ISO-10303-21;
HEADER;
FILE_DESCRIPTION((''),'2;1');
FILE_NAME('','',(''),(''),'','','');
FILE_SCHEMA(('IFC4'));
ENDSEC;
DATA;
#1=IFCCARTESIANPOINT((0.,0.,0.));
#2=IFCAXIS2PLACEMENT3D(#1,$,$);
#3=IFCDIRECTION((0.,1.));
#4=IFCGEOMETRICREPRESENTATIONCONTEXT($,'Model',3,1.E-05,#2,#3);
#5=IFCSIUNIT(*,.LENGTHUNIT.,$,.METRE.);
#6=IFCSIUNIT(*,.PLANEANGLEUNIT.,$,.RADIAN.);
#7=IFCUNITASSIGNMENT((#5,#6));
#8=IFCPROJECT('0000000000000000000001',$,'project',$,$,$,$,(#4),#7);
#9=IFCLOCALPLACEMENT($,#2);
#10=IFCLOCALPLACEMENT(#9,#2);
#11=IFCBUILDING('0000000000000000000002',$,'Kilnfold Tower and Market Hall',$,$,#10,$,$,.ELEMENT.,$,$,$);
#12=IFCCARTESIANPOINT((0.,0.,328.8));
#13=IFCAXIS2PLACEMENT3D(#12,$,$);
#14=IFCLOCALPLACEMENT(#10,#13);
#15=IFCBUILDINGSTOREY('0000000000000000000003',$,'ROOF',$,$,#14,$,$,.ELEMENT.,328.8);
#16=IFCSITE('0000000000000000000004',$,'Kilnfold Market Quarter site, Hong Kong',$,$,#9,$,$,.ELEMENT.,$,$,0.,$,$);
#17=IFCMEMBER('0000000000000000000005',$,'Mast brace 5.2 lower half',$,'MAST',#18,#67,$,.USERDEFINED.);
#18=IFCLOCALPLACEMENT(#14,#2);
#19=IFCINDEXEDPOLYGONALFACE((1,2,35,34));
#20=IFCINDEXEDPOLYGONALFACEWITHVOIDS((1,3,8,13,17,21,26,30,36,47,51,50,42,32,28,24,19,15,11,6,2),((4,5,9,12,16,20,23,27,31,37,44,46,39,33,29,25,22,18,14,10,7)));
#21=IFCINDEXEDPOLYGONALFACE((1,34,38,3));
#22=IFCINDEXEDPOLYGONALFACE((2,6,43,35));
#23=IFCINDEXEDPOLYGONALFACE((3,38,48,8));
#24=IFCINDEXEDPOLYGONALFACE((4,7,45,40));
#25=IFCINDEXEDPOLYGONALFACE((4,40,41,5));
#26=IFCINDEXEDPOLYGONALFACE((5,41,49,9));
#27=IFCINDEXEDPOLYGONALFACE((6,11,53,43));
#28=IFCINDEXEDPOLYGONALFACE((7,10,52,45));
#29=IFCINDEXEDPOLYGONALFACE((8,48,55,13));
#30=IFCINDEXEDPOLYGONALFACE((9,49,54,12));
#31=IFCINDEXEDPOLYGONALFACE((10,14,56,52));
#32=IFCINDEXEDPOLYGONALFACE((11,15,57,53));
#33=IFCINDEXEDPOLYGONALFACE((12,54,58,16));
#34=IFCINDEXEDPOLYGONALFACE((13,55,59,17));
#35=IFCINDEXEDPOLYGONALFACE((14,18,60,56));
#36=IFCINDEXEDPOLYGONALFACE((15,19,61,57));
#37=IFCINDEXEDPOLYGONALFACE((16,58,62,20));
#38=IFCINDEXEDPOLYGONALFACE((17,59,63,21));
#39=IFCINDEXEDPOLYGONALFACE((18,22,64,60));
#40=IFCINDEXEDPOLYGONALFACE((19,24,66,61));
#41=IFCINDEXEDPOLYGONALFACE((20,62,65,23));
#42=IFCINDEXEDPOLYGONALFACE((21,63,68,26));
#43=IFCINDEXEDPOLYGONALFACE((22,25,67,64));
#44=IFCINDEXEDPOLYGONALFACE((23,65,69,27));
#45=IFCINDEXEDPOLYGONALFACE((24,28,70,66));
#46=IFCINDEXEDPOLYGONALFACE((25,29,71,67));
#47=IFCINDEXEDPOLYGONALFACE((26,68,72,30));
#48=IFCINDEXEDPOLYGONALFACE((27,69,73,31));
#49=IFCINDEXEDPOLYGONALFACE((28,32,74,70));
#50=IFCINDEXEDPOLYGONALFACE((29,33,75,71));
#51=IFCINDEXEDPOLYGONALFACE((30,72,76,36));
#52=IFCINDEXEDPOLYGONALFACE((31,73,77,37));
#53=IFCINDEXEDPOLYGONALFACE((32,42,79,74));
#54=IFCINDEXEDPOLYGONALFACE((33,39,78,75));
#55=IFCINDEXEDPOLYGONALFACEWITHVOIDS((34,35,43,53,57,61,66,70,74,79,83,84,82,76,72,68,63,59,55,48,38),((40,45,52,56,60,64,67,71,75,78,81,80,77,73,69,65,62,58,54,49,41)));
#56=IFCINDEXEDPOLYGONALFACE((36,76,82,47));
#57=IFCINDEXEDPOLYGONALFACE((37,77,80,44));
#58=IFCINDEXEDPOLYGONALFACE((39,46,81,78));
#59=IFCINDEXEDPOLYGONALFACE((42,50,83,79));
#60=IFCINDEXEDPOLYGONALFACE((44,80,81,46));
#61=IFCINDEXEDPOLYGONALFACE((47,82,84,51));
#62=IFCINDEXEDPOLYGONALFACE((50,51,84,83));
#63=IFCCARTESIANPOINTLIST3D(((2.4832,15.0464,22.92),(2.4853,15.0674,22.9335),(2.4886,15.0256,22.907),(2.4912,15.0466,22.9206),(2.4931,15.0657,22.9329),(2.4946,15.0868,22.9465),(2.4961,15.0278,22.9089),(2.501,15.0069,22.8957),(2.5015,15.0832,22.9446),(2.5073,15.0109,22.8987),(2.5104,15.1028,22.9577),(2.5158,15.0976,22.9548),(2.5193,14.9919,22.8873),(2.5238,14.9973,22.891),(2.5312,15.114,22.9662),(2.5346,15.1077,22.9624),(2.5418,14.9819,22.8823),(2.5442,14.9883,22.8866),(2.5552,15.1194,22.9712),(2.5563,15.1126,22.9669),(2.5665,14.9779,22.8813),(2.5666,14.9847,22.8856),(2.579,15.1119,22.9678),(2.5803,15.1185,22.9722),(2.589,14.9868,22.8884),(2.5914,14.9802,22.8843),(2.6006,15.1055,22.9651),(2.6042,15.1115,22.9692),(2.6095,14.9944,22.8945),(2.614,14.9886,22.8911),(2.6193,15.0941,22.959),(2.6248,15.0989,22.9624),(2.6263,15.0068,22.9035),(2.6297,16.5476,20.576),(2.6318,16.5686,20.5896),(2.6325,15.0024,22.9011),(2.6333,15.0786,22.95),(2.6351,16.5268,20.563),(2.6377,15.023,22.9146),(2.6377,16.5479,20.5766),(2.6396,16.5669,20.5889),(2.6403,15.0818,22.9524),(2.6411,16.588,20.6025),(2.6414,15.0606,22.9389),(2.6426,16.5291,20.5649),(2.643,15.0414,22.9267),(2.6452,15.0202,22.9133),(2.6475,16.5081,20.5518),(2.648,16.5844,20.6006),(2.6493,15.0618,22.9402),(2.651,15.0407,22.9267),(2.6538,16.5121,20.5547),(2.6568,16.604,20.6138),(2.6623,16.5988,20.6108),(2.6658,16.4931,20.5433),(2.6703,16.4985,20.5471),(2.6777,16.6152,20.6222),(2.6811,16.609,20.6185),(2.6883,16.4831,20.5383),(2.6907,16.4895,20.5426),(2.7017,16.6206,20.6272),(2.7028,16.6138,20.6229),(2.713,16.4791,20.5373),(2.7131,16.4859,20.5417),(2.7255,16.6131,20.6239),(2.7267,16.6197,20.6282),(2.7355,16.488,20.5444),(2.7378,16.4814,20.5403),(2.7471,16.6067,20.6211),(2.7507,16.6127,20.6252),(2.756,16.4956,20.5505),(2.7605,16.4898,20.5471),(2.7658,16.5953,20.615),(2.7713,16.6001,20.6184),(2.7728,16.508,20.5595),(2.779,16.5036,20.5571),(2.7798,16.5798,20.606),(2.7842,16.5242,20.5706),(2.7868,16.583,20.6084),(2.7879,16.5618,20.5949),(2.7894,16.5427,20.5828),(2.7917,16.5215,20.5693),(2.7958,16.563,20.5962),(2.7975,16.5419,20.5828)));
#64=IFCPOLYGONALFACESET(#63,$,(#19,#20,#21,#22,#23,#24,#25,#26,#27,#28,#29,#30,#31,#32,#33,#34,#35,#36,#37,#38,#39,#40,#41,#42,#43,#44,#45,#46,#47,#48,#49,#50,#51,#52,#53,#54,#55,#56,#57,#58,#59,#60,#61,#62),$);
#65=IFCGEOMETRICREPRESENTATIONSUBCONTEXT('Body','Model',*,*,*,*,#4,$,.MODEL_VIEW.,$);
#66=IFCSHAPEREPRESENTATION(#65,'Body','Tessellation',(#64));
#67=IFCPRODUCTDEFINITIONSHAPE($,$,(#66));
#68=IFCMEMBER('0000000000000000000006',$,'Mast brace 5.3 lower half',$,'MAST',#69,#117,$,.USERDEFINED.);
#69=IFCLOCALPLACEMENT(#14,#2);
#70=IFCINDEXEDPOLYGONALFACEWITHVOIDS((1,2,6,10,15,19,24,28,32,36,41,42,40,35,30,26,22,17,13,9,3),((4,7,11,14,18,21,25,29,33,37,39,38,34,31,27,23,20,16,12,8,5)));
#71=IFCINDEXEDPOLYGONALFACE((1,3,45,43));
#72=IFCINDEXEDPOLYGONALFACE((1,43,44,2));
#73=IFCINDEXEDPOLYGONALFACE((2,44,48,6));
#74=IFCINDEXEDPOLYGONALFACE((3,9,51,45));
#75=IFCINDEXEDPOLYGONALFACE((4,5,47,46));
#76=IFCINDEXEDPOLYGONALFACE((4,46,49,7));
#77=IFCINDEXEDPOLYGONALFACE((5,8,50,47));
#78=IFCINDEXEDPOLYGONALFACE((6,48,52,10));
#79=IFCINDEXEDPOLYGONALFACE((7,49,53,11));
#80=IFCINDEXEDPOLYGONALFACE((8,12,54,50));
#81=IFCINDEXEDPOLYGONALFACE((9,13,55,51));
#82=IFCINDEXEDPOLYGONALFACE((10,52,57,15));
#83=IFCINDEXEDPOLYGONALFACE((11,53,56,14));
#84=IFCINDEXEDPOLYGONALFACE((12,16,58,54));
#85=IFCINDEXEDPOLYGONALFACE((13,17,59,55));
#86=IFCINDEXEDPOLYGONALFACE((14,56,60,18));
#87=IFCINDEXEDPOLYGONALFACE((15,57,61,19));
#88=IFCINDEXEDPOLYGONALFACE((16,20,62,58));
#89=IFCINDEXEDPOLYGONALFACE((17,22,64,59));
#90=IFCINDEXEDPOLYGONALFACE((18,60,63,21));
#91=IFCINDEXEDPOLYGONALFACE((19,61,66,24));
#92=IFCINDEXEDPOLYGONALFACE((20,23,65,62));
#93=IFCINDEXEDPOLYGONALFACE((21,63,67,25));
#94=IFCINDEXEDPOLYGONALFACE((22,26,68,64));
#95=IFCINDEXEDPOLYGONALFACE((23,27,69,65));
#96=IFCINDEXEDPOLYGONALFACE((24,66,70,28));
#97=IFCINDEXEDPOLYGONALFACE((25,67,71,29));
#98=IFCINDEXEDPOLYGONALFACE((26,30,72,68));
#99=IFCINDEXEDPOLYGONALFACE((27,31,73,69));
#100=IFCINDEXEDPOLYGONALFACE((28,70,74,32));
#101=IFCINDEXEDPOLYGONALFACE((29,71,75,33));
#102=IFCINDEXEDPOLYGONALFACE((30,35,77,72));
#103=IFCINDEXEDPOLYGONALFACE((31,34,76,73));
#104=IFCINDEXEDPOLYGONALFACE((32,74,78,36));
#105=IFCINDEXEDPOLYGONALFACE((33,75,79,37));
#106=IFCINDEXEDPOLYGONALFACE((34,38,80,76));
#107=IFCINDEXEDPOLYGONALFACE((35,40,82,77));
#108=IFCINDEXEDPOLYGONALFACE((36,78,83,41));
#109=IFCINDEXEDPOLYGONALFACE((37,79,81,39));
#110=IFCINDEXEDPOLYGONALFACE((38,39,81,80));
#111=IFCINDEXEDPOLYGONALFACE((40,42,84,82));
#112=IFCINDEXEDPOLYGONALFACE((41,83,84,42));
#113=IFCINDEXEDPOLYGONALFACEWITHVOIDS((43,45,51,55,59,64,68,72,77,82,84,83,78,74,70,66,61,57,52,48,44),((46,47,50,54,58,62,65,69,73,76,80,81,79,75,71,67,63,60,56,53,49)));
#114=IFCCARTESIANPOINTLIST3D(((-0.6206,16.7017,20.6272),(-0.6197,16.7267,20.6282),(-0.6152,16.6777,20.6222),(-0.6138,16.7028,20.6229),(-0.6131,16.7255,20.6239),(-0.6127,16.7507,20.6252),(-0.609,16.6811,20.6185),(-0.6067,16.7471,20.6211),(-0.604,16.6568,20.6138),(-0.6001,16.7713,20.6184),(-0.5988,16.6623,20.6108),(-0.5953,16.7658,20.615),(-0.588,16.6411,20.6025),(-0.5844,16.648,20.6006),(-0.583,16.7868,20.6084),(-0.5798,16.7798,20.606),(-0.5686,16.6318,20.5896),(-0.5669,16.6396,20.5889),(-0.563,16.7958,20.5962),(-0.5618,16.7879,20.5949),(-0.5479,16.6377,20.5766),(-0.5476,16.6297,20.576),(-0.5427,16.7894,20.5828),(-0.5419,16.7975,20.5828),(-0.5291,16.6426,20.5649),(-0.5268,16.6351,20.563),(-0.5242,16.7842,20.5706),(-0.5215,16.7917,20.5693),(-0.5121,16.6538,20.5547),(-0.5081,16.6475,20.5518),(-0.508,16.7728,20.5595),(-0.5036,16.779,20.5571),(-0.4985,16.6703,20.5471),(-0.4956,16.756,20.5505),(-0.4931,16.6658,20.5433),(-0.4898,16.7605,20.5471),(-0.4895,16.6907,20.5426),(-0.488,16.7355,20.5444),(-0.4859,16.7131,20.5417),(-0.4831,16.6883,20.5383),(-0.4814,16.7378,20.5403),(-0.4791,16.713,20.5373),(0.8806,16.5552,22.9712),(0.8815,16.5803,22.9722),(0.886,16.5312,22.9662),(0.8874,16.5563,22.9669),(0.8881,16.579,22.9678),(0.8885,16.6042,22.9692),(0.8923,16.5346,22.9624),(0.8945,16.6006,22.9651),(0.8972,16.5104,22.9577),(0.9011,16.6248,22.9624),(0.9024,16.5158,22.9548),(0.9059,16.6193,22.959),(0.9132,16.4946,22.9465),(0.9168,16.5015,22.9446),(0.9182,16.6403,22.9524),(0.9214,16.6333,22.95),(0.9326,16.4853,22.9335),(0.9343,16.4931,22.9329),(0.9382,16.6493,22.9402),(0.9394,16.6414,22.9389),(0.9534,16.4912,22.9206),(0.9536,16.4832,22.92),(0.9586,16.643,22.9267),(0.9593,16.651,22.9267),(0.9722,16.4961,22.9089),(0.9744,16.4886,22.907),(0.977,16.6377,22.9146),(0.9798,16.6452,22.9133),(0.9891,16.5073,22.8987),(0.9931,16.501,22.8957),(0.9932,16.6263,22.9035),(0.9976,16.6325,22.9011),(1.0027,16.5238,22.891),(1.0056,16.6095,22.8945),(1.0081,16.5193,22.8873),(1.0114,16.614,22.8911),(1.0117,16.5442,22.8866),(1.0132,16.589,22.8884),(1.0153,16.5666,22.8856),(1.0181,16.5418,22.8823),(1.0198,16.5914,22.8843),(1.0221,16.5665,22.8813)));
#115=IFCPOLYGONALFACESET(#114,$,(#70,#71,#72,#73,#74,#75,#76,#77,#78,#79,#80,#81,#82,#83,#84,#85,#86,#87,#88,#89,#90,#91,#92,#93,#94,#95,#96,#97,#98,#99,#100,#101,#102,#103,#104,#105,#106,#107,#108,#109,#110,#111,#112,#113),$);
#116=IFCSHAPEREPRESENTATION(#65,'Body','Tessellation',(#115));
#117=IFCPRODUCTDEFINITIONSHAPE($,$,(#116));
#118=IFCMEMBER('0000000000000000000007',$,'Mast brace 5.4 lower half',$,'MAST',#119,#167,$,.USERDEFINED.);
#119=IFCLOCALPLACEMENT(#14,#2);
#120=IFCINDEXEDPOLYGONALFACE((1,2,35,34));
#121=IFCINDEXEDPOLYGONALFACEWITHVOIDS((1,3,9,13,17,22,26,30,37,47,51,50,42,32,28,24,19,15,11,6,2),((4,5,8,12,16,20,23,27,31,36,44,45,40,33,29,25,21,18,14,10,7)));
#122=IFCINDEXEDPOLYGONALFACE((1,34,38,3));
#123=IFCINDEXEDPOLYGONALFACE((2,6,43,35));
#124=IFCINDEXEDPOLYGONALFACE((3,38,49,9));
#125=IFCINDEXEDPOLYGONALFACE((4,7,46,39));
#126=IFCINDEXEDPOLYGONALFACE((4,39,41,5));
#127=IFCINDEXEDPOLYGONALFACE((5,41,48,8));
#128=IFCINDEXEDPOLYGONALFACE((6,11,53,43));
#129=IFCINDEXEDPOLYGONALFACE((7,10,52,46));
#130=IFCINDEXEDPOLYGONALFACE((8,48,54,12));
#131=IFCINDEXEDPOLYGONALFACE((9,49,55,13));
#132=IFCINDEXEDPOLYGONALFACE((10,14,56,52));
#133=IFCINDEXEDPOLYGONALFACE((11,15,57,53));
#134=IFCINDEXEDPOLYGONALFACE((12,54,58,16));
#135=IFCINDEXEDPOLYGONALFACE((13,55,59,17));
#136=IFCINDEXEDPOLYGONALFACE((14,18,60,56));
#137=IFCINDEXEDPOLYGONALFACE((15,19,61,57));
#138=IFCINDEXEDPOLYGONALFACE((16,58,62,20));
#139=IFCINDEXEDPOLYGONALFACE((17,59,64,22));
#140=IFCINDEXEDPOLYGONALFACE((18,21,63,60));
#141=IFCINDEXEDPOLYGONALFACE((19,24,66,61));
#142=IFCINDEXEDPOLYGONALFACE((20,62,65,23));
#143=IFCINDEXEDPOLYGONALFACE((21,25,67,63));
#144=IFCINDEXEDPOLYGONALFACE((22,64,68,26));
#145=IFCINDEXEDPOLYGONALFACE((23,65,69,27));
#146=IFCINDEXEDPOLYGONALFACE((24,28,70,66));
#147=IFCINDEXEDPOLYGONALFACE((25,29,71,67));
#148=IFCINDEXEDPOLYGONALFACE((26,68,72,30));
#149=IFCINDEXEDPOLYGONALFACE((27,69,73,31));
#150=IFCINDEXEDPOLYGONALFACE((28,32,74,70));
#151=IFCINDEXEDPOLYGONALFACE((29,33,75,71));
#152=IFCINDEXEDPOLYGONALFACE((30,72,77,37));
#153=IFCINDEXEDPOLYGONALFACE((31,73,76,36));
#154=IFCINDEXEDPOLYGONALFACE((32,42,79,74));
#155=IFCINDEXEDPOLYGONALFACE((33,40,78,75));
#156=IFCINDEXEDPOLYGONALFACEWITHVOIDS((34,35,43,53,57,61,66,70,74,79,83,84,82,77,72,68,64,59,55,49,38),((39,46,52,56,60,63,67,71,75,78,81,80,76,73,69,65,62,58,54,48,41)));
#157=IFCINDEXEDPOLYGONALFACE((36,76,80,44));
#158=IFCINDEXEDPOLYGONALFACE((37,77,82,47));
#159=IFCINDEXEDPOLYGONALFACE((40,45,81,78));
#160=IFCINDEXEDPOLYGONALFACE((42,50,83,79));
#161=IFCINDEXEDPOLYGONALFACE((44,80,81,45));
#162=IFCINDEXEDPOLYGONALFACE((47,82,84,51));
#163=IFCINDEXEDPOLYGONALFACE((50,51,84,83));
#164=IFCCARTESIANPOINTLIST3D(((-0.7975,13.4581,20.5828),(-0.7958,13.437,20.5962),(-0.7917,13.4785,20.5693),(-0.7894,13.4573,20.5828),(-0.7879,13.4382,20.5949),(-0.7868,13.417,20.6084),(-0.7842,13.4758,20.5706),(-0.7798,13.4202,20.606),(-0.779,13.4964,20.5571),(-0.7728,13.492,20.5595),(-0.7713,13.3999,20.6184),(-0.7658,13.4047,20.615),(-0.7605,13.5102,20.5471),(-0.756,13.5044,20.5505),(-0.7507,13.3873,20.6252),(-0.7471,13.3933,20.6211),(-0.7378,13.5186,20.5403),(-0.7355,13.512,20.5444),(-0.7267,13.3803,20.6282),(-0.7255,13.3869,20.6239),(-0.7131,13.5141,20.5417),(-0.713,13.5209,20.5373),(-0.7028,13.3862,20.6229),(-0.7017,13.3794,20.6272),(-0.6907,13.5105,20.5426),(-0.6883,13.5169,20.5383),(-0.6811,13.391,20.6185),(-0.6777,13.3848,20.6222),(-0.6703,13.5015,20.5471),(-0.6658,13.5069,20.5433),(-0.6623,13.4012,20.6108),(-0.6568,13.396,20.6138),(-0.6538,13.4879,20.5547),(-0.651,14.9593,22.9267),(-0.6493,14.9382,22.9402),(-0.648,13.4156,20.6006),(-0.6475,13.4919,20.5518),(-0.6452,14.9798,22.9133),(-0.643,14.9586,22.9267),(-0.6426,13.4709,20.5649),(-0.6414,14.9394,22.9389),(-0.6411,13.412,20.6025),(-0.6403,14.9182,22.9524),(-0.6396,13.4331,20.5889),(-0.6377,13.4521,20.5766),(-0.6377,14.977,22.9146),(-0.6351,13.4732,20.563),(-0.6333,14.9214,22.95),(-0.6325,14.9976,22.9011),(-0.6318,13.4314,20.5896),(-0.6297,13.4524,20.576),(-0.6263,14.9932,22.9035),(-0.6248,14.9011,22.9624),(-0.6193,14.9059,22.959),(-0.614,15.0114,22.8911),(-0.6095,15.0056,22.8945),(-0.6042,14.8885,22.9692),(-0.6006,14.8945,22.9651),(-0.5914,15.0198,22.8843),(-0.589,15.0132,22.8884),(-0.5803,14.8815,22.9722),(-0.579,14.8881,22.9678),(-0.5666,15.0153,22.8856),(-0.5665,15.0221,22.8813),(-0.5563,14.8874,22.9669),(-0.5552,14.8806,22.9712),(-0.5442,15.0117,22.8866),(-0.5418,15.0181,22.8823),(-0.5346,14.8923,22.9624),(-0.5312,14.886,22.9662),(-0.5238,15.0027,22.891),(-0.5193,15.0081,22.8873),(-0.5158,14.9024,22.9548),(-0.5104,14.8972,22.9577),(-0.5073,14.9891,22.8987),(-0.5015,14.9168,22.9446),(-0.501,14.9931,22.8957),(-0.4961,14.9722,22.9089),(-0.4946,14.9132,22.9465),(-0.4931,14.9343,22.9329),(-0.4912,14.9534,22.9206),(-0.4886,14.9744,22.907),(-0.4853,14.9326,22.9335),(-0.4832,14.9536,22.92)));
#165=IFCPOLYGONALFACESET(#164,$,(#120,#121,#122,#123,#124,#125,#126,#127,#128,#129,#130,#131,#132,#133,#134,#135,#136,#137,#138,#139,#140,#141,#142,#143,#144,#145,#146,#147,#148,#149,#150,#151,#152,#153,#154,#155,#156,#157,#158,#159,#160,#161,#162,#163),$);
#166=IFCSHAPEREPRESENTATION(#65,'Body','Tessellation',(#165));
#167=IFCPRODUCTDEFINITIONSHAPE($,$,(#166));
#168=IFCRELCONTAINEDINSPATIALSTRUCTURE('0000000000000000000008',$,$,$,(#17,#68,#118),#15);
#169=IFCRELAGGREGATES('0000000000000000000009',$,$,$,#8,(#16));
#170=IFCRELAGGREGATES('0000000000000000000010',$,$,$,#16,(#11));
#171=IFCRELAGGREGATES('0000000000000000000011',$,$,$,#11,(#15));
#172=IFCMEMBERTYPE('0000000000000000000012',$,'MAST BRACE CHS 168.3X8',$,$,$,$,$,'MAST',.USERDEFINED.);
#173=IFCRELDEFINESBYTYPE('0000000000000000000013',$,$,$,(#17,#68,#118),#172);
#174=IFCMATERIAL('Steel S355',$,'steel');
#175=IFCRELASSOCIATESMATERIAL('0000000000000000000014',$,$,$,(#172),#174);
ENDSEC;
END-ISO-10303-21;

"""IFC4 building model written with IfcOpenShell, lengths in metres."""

from ifc_helpers import new_model, si_unit, direction, frame, origin, origin_2d, place, context, subcontext, project, spatial, hollow_circle, extrude, source, transform, mapped, material, material_profile, profile_set, type_object, element, save


model = new_model("IFC4")

# Units and contexts
model_context = context("Model", 3, precision=1e-05, world=origin(), true_north=direction((0.0, 1.0)))
body_context = subcontext(model_context, "Body", "Model", "MODEL_VIEW")
ifc_project = project(units=[si_unit("LENGTHUNIT", "METRE"), si_unit("PLANEANGLEUNIT", "RADIAN")], contexts=[model_context])

# Site, building, storey
site_placement = place(None, origin())
site = spatial("IfcSite", under=ifc_project, at=site_placement, Name="Kilnfold Market Quarter site, Hong Kong", CompositionType="ELEMENT", RefElevation=0.0)
building_placement = place(site_placement, origin())
building = spatial("IfcBuilding", under=site, at=building_placement, Name="Kilnfold Tower and Market Hall", CompositionType="ELEMENT")
storey_placement = place(building_placement, frame((0.0, 0.0, 328.8)))
storey = spatial("IfcBuildingStorey", under=building, at=storey_placement, Name="ROOF", CompositionType="ELEMENT", Elevation=328.8)

# Members
ifc_material_1 = material(Name="Steel S355", Category="steel")
ifc_material_profile_1 = material_profile(ifc_material_1, hollow_circle(Radius=0.0842, WallThickness=0.0081, at=origin_2d()), Name="CHS 168.3x8")
ifc_profile_set_1 = profile_set([ifc_material_profile_1], Name="Steel S355")
member_type_1 = type_object("IfcMemberType", Name="MAST BRACE CHS 168.3X8", ElementType="MAST", PredefinedType="USERDEFINED", material=ifc_profile_set_1)
shared_shape_1 = source(origin(), body_context, "Body", "SweptSolid", [
    extrude(hollow_circle(Radius=0.0842, WallThickness=0.0081, at=origin_2d()), origin(), (0.0, 0.0, 1.0), 2.7874),
])
for number, where, z_axis, x_axis, name in (
    (1, (2.7136, 16.55, 20.5828), (-0.052553, -0.53858, 0.840934), (0.995273, -0.097116, 0.0), "Mast brace 5.2 lower half"),
    (2, (-0.55, 16.7136, 20.5828), (0.53858, -0.052553, 0.840934), (0.097116, 0.995273, 0.0), "Mast brace 5.3 lower half"),
    (3, (-0.7136, 13.45, 20.5828), (0.052553, 0.53858, 0.840934), (-0.995273, 0.097116, 0.0), "Mast brace 5.4 lower half"),
):
    element("IfcMember", number, at=place(storey_placement, frame(where, z_axis=z_axis, x_axis=x_axis)), inside=storey, type_object=member_type_1, Name=name, ObjectType="MAST", PredefinedType="USERDEFINED", context=body_context, shape_type="MappedRepresentation", body=[
        mapped(shared_shape_1, transform((0.0, 0.0, 0.0))),
    ])

save(model, "model.ifc")
